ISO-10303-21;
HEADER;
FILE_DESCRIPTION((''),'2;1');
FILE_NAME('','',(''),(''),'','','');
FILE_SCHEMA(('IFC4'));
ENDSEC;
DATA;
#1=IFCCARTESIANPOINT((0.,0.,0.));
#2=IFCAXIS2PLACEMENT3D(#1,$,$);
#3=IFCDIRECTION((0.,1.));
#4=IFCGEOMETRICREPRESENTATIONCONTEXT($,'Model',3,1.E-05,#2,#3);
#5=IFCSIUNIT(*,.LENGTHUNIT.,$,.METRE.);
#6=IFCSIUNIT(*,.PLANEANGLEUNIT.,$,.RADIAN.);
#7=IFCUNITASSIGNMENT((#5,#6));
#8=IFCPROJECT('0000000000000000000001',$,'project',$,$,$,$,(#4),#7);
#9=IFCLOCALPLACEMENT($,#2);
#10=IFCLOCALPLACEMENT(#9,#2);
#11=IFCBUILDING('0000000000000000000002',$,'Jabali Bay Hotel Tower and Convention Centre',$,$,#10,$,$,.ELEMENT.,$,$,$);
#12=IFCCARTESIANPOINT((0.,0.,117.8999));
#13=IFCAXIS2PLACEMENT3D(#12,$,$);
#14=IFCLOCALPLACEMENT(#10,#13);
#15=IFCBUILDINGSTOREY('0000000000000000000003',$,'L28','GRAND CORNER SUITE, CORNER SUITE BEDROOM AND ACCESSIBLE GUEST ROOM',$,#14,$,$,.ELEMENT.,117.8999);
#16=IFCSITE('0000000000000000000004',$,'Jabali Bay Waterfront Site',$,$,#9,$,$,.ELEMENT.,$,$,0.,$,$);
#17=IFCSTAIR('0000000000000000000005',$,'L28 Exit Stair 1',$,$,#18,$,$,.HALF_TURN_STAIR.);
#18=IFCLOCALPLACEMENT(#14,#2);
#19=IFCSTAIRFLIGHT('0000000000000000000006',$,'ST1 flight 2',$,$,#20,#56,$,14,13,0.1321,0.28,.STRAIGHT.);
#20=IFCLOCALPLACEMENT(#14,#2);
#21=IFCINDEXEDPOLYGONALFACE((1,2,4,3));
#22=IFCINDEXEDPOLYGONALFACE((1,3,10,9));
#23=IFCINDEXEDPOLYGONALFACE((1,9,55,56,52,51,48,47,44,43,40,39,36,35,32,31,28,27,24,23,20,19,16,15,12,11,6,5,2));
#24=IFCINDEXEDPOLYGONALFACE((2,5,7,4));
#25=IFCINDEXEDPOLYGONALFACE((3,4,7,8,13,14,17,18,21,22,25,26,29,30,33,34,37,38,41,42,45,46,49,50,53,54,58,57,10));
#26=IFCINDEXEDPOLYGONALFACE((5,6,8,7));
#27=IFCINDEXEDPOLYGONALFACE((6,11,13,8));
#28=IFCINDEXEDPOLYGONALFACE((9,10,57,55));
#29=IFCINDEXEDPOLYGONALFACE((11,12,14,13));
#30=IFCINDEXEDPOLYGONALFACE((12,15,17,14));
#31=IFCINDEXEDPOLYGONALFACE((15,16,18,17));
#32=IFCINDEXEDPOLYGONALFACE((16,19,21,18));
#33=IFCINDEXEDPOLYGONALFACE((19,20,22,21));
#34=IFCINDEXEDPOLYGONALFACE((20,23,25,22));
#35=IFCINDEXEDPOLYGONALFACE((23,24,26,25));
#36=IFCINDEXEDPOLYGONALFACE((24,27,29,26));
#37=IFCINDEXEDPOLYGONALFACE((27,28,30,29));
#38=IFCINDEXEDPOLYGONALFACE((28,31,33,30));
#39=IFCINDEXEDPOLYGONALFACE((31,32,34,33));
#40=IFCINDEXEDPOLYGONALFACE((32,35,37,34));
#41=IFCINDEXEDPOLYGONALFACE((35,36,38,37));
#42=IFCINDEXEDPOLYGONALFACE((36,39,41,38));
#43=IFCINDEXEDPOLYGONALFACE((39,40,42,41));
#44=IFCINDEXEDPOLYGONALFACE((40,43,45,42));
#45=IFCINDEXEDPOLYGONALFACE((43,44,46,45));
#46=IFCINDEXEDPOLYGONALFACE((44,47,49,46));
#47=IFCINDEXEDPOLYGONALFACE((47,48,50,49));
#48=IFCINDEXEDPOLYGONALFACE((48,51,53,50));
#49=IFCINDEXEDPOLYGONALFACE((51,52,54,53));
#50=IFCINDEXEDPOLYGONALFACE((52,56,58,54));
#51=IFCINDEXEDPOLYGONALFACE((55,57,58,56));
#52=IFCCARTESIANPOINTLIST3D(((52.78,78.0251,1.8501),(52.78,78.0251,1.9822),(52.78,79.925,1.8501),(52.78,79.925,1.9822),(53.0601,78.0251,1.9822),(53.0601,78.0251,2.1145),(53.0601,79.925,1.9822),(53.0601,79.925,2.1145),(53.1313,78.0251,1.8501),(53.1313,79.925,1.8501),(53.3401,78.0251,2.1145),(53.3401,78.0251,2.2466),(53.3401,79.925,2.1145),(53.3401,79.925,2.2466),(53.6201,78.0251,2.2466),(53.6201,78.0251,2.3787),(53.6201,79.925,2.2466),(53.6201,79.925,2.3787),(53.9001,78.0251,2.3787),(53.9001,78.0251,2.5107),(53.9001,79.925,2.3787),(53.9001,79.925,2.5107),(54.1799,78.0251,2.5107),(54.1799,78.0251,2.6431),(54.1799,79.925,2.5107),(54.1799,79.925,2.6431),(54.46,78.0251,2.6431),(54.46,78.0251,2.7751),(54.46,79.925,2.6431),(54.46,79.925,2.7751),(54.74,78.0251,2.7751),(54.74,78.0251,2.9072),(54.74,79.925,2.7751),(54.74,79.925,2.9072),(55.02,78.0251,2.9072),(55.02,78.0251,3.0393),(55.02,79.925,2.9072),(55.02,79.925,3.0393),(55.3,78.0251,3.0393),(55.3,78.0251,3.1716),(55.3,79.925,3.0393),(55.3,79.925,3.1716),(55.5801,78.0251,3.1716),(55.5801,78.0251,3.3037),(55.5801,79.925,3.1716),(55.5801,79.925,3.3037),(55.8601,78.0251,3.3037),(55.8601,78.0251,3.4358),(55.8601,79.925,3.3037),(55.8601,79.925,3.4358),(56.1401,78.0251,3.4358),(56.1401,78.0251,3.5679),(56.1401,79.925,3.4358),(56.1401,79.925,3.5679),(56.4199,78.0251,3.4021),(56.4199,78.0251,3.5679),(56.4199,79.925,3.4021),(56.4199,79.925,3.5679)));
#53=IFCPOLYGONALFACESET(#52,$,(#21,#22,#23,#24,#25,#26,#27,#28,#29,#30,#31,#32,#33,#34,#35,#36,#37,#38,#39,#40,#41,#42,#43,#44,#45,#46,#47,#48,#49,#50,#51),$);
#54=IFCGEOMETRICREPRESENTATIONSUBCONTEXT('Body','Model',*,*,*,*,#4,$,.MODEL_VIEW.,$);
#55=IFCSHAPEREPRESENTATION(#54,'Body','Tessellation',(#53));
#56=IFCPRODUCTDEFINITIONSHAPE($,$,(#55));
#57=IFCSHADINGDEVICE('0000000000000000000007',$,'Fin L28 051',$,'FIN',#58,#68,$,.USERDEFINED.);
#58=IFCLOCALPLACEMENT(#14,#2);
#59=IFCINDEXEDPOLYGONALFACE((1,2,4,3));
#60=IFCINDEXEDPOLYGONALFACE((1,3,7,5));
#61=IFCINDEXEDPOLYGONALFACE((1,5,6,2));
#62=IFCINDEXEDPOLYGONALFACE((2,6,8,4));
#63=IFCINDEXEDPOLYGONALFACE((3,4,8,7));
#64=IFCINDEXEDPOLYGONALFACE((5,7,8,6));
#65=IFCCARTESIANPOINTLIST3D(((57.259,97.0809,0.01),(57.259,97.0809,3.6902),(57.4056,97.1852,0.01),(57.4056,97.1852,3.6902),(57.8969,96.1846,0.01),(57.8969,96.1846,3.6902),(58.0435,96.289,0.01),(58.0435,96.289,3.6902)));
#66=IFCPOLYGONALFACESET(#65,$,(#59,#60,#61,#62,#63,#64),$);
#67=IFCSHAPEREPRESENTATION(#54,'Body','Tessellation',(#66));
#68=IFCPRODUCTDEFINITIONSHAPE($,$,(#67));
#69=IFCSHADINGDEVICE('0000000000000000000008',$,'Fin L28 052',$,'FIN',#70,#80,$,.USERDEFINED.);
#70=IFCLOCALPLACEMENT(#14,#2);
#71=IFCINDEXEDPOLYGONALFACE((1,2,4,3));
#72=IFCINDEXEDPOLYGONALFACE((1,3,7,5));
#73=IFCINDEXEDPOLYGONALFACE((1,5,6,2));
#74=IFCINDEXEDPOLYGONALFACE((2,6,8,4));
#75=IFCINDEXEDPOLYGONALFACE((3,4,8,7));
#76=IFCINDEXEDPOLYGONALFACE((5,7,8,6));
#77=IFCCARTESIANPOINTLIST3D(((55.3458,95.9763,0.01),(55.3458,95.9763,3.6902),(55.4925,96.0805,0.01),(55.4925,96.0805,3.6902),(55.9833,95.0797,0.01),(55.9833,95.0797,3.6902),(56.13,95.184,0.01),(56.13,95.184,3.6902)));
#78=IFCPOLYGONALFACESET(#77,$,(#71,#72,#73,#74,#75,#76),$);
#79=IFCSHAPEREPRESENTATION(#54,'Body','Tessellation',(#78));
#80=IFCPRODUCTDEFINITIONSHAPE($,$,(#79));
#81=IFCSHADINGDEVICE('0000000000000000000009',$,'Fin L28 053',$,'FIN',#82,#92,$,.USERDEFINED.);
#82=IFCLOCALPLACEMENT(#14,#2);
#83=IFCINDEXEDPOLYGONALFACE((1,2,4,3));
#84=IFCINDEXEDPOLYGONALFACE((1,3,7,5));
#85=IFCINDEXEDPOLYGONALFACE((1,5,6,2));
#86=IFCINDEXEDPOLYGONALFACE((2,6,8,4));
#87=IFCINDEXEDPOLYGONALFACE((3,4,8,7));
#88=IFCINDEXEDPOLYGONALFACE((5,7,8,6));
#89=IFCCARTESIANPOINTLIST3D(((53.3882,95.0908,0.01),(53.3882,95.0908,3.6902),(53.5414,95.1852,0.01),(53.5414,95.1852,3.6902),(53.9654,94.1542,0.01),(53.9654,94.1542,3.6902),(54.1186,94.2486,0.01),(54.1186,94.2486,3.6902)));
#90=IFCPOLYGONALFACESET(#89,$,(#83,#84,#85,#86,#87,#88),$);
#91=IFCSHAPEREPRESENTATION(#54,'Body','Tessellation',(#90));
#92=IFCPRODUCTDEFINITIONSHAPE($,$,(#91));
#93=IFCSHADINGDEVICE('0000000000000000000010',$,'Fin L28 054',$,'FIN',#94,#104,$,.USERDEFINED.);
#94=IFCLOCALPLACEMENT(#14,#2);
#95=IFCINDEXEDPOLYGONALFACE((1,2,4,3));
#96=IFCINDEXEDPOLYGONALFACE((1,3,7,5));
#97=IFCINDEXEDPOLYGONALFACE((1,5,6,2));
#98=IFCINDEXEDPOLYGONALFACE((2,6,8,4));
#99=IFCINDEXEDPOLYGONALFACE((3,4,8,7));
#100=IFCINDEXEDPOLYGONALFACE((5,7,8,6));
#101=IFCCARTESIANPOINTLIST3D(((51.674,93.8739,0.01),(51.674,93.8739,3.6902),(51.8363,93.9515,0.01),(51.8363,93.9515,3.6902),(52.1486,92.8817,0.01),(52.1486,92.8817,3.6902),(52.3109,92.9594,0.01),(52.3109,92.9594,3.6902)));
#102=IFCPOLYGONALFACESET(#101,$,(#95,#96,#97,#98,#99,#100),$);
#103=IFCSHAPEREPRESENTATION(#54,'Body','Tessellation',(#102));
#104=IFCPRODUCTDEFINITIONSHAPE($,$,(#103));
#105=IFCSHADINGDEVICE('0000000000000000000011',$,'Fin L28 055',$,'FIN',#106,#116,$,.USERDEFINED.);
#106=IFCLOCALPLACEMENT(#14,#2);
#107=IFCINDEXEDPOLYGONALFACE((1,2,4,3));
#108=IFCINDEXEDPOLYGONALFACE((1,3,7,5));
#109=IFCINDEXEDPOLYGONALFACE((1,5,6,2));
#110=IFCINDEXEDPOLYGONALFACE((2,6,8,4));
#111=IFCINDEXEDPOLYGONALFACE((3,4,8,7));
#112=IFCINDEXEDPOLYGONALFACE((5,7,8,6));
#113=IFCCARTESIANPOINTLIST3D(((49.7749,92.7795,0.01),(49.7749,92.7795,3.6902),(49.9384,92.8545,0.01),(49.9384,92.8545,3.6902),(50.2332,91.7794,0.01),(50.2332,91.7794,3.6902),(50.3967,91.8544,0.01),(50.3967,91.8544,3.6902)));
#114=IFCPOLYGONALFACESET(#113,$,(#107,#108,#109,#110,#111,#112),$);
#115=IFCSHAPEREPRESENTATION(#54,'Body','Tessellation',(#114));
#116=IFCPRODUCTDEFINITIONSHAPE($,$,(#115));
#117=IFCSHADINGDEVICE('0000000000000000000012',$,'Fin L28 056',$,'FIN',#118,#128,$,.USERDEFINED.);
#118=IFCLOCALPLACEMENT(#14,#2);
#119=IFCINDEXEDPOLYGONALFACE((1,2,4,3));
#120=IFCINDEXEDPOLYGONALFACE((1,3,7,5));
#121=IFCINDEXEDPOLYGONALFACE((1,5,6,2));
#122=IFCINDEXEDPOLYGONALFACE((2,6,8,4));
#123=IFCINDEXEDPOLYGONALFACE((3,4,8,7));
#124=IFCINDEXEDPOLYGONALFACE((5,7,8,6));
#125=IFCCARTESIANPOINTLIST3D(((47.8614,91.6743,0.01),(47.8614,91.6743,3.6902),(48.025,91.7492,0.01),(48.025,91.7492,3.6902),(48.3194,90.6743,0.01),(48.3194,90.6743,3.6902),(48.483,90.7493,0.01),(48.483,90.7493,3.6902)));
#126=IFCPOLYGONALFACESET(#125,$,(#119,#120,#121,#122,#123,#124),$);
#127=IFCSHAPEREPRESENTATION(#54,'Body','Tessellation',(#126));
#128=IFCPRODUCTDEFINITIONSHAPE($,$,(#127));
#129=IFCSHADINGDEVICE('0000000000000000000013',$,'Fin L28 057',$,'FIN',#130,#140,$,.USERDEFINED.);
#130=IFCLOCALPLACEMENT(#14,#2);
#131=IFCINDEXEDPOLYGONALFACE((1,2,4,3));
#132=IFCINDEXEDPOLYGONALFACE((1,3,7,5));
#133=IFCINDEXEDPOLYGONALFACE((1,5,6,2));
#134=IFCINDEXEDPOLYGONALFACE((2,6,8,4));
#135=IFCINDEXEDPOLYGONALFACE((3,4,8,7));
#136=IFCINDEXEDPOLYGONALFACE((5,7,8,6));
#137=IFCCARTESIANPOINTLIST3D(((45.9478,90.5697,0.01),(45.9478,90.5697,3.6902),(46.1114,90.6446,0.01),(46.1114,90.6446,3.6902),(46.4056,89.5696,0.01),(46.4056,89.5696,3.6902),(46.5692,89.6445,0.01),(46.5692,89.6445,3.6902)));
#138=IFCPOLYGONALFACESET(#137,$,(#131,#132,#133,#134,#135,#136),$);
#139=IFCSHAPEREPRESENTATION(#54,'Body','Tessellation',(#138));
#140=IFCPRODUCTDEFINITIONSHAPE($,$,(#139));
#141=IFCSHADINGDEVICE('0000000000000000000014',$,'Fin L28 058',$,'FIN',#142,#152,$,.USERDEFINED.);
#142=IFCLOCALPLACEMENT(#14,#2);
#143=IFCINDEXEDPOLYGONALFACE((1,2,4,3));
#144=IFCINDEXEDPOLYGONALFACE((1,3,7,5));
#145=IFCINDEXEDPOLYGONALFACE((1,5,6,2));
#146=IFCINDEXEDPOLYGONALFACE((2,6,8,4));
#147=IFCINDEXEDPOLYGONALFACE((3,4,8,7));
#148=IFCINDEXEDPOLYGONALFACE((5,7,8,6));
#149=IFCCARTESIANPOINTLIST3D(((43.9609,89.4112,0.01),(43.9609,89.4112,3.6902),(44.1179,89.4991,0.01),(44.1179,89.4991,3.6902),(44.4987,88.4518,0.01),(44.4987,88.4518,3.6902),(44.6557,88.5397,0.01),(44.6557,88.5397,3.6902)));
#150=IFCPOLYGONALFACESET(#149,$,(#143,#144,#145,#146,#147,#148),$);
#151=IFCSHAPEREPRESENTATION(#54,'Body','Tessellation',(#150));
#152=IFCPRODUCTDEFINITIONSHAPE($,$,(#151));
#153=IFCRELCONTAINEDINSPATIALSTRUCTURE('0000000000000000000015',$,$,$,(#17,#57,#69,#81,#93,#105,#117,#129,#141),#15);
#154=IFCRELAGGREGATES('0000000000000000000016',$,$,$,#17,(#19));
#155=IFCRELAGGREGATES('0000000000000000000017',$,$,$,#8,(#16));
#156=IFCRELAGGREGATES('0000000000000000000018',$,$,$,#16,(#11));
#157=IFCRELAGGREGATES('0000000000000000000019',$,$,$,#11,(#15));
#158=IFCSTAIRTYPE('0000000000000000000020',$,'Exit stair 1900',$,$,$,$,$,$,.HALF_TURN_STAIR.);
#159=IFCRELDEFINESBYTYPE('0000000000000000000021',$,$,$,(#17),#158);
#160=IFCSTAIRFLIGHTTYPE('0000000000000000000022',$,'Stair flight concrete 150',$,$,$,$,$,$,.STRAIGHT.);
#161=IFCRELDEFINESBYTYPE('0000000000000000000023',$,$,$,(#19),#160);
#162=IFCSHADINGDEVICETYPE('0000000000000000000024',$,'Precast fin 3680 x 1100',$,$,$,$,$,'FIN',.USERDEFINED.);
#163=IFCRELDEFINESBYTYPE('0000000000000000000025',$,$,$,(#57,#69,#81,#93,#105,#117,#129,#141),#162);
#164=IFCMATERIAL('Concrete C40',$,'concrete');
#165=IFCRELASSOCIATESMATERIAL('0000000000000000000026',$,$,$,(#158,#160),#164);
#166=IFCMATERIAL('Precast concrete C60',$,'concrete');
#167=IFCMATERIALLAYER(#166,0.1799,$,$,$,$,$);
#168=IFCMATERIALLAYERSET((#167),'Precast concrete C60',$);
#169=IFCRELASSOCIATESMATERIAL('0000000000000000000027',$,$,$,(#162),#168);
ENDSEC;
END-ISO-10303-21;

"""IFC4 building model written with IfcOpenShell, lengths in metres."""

from ifc_helpers import new_model, si_unit, direction, frame, frame_2d, origin, place, context, subcontext, project, spatial, polyline, rectangle, outline, extrude, material, layer, layer_set, type_object, element, aggregate, save


model = new_model("IFC4")

# Units and contexts
model_context = context("Model", 3, precision=1e-05, world=origin(), true_north=direction((0.0, 1.0)))
body_context = subcontext(model_context, "Body", "Model", "MODEL_VIEW")
ifc_project = project(units=[si_unit("LENGTHUNIT", "METRE"), si_unit("PLANEANGLEUNIT", "RADIAN")], contexts=[model_context])

# Site, building, storey
site_placement = place(None, origin())
site = spatial("IfcSite", under=ifc_project, at=site_placement, Name="Jabali Bay Waterfront Site", CompositionType="ELEMENT", RefElevation=0.0)
building_placement = place(site_placement, origin())
building = spatial("IfcBuilding", under=site, at=building_placement, Name="Jabali Bay Hotel Tower and Convention Centre", CompositionType="ELEMENT")
storey_placement = place(building_placement, frame((0.0, 0.0, 117.8999)))
storey = spatial("IfcBuildingStorey", under=building, at=storey_placement, Name="L28", Description="GRAND CORNER SUITE, CORNER SUITE BEDROOM AND ACCESSIBLE GUEST ROOM", CompositionType="ELEMENT", Elevation=117.8999)

# Shared definitions
ifc_material_1 = material(Name="Concrete C40", Category="concrete")

# Stair, stair flight
stair_type = type_object("IfcStairType", Name="Exit stair 1900", PredefinedType="HALF_TURN_STAIR", material=ifc_material_1)
stair_placement = place(storey_placement, origin())
stair = element("IfcStair", 1, at=stair_placement, inside=storey, type_object=stair_type, Name="L28 Exit Stair 1", PredefinedType="HALF_TURN_STAIR")
stair_flight_type = type_object("IfcStairFlightType", Name="Stair flight concrete 150", PredefinedType="STRAIGHT", material=ifc_material_1)
stair_flight_1_placement = place(storey_placement, frame((52.78, 78.9751, 1.8501), z_axis=(0.0, 0.0, 1.0), x_axis=(1.0, 0.0, 0.0)))
stair_flight_1 = element("IfcStairFlight", 2, at=stair_flight_1_placement, type_object=stair_flight_type, Name="ST1 flight 2", NumberOfRisers=14, NumberOfTreads=13, PredefinedType="STRAIGHT", RiserHeight=0.1321, TreadLength=0.28, context=body_context, shape_type="SweptSolid", body=[
    extrude(outline(polyline([(0.0, 0.0), (0.0, 0.1321), (0.28, 0.1321), (0.28, 0.2644), (0.5601, 0.2644), (0.5601, 0.3965), (0.8401, 0.3965), (0.8401, 0.5286), (1.1201, 0.5286), (1.1201, 0.6606), (1.3999, 0.6606), (1.3999, 0.793), (1.6799, 0.793), (1.6799, 0.925), (1.96, 0.925), (1.96, 1.0571), (2.24, 1.0571), (2.24, 1.1892), (2.52, 1.1892), (2.52, 1.3215), (2.8, 1.3215), (2.8, 1.4536), (3.0801, 1.4536), (3.0801, 1.5857), (3.3601, 1.5857), (3.3601, 1.7178), (3.6399, 1.7178), (3.6399, 1.8501), (3.6399, 1.552), (0.3513, 0.0), (0.0, 0.0)])), frame((0.0, 0.95, 0.0), z_axis=(0.0, -1.0, 0.0), x_axis=(1.0, 0.0, 0.0)), (0.0, 0.0, 1.0), 1.8999),
])
aggregate(stair, [stair_flight_1])

# Shading devices
ifc_material_2 = material(Name="Precast concrete C60", Category="concrete")
ifc_layer_1 = layer(ifc_material_2, 0.1799)
ifc_layer_set_1 = layer_set([ifc_layer_1], Name="Precast concrete C60")
shading_device_type = type_object("IfcShadingDeviceType", Name="Precast fin 3680 x 1100", ElementType="FIN", PredefinedType="USERDEFINED", material=ifc_layer_set_1)
for number, where, z_axis, x_axis, name in (
    (3, (57.9702, 96.2368, 0.01), (0.0, 0.0, 1.0), (-0.579894, 0.814692, 0.0), "Fin L28 051"),
    (4, (56.0566, 95.1318, 0.01), (0.0, 0.0, 1.0), (-0.579494, 0.814976, 0.0), "Fin L28 052"),
    (5, (54.042, 94.2014, 0.01), (0.0, 0.0, 1.0), (-0.524642, 0.851323, 0.0), "Fin L28 053"),
):
    element("IfcShadingDevice", number, at=place(storey_placement, frame(where, z_axis=z_axis, x_axis=x_axis)), inside=storey, type_object=shading_device_type, Name=name, ObjectType="FIN", PredefinedType="USERDEFINED", context=body_context, shape_type="SweptSolid", body=[
        extrude(rectangle(XDim=1.1001, YDim=0.1799, at=frame_2d((0.55, 0.0))), origin(), (0.0, 0.0, 1.0), 3.6802),
    ])
shading_device_1_placement = place(storey_placement, frame((52.2297, 92.9207, 0.01), z_axis=(0.0, 0.0, 1.0), x_axis=(-0.431518, 0.902104, 0.0)))
element("IfcShadingDevice", 6, at=shading_device_1_placement, inside=storey, type_object=shading_device_type, Name="Fin L28 054", ObjectType="FIN", PredefinedType="USERDEFINED", context=body_context, shape_type="SweptSolid", body=[
    extrude(rectangle(XDim=1.0999, YDim=0.1799, at=frame_2d((0.5498, 0.0))), origin(), (0.0, 0.0, 1.0), 3.6802),
])
shading_device_2_placement = place(storey_placement, frame((50.3149, 91.8169, 0.01), z_axis=(0.0, 0.0, 1.0), x_axis=(-0.416594, 0.909093, 0.0)))
element("IfcShadingDevice", 7, at=shading_device_2_placement, inside=storey, type_object=shading_device_type, Name="Fin L28 055", ObjectType="FIN", PredefinedType="USERDEFINED", context=body_context, shape_type="SweptSolid", body=[
    extrude(rectangle(XDim=1.1001, YDim=0.1799, at=frame_2d((0.55, 0.0))), origin(), (0.0, 0.0, 1.0), 3.6802),
])
for number, where, z_axis, x_axis, name in (
    (8, (48.4011, 90.7119, 0.01), (0.0, 0.0, 1.0), (-0.41641, 0.909177, 0.0), "Fin L28 056"),
    (9, (46.4873, 89.6072, 0.01), (0.0, 0.0, 1.0), (-0.416227, 0.909261, 0.0), "Fin L28 057"),
    (10, (44.5771, 88.4958, 0.01), (0.0, 0.0, 1.0), (-0.488975, 0.872298, 0.0), "Fin L28 058"),
):
    element("IfcShadingDevice", number, at=place(storey_placement, frame(where, z_axis=z_axis, x_axis=x_axis)), inside=storey, type_object=shading_device_type, Name=name, ObjectType="FIN", PredefinedType="USERDEFINED", context=body_context, shape_type="SweptSolid", body=[
        extrude(rectangle(XDim=1.0999, YDim=0.1799, at=frame_2d((0.5498, 0.0))), origin(), (0.0, 0.0, 1.0), 3.6802),
    ])

save(model, "model.ifc")
